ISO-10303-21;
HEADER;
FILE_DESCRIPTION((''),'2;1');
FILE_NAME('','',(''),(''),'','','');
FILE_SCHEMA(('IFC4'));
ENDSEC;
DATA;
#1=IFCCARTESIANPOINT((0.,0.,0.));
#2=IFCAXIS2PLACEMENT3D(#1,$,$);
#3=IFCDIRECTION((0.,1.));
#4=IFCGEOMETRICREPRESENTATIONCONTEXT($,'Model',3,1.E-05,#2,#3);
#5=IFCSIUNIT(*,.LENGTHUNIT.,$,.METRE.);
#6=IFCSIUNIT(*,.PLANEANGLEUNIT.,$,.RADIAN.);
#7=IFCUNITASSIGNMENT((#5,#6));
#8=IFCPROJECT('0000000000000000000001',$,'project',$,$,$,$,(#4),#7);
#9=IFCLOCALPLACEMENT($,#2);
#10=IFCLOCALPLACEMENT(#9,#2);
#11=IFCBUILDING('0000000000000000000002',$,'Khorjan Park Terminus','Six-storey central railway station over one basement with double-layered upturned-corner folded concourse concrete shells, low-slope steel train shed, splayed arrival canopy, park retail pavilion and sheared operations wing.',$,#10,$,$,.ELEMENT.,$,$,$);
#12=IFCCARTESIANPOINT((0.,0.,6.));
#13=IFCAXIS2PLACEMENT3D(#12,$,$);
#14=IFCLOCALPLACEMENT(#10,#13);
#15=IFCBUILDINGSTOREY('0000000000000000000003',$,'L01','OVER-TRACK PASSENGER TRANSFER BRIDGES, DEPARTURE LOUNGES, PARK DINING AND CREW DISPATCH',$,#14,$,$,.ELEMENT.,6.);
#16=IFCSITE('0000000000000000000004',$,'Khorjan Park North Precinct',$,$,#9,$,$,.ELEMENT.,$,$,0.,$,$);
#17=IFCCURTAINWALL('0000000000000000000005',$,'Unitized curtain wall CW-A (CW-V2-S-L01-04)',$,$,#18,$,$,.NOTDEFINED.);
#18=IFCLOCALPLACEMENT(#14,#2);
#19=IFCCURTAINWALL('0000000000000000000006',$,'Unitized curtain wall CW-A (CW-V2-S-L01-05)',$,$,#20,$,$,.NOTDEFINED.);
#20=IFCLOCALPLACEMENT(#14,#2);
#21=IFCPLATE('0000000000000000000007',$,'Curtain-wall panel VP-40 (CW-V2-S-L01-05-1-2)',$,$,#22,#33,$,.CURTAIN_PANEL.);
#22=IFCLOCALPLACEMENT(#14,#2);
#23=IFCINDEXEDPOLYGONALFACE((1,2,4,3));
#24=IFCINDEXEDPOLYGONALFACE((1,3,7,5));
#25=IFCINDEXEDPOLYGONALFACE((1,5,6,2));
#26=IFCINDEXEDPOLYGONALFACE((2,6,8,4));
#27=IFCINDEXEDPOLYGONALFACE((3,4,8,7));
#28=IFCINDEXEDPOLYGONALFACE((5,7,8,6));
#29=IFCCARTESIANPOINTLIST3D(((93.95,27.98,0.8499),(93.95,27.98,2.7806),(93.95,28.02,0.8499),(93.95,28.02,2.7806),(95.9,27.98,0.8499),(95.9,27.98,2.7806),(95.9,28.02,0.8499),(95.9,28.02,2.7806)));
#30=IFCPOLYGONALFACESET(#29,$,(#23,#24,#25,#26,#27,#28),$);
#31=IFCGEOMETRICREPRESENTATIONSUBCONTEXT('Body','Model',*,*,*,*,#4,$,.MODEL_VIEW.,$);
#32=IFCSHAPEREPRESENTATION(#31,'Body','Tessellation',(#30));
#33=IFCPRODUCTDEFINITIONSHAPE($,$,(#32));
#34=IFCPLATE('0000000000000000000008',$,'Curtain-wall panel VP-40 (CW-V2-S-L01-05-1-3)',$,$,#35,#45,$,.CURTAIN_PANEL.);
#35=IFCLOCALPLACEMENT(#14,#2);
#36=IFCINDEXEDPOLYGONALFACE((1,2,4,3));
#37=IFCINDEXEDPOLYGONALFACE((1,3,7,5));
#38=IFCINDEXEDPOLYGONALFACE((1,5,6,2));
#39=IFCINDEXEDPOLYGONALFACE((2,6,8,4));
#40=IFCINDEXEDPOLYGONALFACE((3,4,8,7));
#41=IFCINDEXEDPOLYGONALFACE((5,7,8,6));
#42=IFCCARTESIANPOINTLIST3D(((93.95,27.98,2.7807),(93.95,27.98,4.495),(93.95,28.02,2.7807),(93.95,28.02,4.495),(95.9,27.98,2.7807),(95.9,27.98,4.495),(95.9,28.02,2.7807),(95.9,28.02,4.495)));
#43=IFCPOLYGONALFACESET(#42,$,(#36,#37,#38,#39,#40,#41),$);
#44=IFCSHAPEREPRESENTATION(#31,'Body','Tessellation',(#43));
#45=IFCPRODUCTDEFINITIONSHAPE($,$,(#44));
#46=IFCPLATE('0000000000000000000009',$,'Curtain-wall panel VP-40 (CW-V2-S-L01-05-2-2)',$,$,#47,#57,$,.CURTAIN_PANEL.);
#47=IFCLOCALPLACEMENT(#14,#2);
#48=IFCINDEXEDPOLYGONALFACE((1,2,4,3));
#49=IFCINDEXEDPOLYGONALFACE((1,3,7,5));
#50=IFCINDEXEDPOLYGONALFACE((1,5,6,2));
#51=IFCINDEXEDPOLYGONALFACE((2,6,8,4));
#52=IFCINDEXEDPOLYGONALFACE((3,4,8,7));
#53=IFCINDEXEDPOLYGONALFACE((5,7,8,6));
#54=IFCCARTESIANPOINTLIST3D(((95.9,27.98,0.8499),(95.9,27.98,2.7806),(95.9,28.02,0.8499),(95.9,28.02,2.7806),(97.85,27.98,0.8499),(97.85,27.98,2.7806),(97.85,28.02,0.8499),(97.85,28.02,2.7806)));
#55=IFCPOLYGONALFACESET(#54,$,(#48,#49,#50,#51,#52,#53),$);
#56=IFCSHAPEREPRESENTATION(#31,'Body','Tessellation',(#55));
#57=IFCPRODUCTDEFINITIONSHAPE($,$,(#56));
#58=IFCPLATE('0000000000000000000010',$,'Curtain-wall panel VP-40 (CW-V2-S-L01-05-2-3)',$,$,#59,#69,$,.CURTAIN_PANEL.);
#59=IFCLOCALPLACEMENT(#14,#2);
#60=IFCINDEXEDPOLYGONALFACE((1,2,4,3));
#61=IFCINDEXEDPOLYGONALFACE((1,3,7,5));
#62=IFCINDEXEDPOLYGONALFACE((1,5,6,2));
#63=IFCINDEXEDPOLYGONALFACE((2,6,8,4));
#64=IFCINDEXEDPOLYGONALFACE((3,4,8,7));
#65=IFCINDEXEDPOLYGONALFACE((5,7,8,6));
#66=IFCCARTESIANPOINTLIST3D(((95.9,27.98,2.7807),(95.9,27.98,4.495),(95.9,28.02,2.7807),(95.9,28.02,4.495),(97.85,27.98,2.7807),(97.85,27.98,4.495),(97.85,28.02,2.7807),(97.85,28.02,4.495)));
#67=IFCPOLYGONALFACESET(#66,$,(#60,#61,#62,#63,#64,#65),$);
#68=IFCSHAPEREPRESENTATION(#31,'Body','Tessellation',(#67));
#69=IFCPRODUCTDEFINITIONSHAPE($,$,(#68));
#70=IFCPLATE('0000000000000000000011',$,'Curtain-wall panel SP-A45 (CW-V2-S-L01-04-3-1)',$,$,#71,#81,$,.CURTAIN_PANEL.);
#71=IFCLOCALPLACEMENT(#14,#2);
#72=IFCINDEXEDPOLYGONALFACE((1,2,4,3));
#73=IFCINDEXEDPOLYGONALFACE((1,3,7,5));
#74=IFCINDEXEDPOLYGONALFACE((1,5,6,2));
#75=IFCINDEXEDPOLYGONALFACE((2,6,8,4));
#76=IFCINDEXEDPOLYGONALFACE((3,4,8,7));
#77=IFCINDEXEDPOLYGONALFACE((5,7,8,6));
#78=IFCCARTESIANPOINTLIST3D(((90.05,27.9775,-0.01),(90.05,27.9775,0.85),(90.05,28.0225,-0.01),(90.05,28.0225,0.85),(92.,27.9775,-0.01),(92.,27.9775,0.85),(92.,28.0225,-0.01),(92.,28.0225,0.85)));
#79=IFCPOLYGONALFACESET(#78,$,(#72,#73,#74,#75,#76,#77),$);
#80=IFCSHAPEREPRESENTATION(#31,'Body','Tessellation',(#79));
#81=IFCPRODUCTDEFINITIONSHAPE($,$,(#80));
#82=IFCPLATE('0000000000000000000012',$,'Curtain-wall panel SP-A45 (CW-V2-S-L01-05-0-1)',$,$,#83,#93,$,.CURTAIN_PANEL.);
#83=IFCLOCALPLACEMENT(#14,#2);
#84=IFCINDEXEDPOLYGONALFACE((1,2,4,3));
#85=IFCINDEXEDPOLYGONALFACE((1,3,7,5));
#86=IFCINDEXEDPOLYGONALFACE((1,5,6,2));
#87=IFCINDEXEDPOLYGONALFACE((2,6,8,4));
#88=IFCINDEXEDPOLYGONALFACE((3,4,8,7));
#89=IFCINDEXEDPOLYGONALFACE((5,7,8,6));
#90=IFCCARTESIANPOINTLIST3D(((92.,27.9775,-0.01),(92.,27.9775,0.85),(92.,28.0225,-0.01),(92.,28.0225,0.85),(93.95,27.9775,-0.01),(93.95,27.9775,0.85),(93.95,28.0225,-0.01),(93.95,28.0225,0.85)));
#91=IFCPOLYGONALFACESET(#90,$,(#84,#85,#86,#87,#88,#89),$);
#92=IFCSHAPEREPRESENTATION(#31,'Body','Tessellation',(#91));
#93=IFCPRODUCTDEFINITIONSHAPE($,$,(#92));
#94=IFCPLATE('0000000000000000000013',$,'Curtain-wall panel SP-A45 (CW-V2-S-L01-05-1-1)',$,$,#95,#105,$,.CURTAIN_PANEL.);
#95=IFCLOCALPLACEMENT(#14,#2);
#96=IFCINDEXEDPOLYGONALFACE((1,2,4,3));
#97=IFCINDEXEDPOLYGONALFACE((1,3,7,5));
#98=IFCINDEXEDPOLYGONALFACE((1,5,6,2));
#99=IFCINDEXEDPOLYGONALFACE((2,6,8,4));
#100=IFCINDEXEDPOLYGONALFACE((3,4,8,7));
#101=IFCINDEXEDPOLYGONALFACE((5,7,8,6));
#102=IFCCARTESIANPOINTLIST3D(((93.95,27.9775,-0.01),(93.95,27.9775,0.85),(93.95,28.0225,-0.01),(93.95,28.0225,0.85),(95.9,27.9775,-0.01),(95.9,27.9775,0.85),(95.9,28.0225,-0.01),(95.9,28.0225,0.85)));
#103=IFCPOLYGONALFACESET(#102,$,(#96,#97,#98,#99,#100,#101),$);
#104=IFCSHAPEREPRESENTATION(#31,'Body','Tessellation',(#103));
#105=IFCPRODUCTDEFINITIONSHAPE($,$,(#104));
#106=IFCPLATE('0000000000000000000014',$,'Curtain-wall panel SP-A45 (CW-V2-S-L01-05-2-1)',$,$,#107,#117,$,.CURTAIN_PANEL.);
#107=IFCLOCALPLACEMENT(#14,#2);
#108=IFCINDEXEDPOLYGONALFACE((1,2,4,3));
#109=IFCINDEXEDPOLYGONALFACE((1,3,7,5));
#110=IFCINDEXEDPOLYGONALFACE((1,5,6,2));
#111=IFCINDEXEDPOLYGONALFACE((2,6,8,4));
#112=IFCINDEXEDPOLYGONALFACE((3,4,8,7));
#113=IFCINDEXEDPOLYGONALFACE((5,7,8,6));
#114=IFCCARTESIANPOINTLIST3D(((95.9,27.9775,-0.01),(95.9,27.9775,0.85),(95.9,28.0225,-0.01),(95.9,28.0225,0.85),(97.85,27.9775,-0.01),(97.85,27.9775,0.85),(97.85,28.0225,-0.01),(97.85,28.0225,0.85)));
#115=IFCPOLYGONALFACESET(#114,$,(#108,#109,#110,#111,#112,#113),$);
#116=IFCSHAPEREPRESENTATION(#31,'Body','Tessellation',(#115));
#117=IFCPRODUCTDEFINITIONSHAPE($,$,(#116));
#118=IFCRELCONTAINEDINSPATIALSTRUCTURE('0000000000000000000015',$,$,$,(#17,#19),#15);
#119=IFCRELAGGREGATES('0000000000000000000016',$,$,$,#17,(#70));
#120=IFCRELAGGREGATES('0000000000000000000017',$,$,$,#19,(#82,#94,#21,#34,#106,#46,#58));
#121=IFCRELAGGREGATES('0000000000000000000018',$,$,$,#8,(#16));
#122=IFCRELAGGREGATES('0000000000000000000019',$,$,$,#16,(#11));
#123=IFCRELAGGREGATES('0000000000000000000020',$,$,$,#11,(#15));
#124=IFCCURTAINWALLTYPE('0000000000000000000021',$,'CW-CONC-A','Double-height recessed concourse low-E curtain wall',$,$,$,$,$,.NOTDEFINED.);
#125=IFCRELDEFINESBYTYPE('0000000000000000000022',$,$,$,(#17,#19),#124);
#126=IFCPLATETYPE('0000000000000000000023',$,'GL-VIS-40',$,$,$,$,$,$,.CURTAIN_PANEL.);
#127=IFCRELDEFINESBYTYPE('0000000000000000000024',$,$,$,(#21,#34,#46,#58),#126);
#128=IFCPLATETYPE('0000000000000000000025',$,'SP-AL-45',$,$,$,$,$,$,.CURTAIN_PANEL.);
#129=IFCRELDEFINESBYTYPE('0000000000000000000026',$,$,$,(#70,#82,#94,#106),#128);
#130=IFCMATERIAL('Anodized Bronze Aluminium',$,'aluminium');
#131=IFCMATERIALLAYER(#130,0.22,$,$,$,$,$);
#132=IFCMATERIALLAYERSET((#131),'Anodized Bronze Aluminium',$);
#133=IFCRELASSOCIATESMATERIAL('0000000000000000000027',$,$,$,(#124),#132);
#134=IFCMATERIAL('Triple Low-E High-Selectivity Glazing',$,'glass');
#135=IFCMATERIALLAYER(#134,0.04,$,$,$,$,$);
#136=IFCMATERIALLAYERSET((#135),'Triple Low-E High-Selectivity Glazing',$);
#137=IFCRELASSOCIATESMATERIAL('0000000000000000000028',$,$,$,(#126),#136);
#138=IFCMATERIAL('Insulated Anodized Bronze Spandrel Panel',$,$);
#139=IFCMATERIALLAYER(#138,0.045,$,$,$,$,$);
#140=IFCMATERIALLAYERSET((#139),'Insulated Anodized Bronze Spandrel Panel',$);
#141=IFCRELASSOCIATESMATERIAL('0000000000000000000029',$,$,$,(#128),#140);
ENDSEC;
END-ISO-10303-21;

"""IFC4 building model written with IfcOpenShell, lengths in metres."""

from ifc_helpers import new_model, si_unit, direction, frame, origin, origin_2d, place, context, subcontext, project, spatial, rectangle, extrude, material, layer, layer_set, type_object, element, aggregate, save


model = new_model("IFC4")

# Units and contexts
model_context = context("Model", 3, precision=1e-05, world=origin(), true_north=direction((0.0, 1.0)))
body_context = subcontext(model_context, "Body", "Model", "MODEL_VIEW")
ifc_project = project(units=[si_unit("LENGTHUNIT", "METRE"), si_unit("PLANEANGLEUNIT", "RADIAN")], contexts=[model_context])

# Site, building, storey
site_placement = place(None, origin())
site = spatial("IfcSite", under=ifc_project, at=site_placement, Name="Khorjan Park North Precinct", CompositionType="ELEMENT", RefElevation=0.0)
building_placement = place(site_placement, origin())
building = spatial("IfcBuilding", under=site, at=building_placement, Name="Khorjan Park Terminus", Description="Six-storey central railway station over one basement with double-layered upturned-corner folded concourse concrete shells, low-slope steel train shed, splayed arrival canopy, park retail pavilion and sheared operations wing.", CompositionType="ELEMENT")
storey_placement = place(building_placement, frame((0.0, 0.0, 6.0)))
storey = spatial("IfcBuildingStorey", under=building, at=storey_placement, Name="L01", Description="OVER-TRACK PASSENGER TRANSFER BRIDGES, DEPARTURE LOUNGES, PARK DINING AND CREW DISPATCH", CompositionType="ELEMENT", Elevation=6.0)

# Curtain wall
ifc_material_1 = material(Name="Anodized Bronze Aluminium", Category="aluminium")
ifc_layer_1 = layer(ifc_material_1, 0.22)
ifc_layer_set_1 = layer_set([ifc_layer_1], Name="Anodized Bronze Aluminium")
curtain_wall_type = type_object("IfcCurtainWallType", Name="CW-CONC-A", Description="Double-height recessed concourse low-E curtain wall", PredefinedType="NOTDEFINED", material=ifc_layer_set_1)
curtain_wall_1_placement = place(storey_placement, origin())
curtain_wall_1 = element("IfcCurtainWall", 1, at=curtain_wall_1_placement, inside=storey, type_object=curtain_wall_type, Name="Unitized curtain wall CW-A (CW-V2-S-L01-04)", PredefinedType="NOTDEFINED")

# Curtain wall
curtain_wall_2_placement = place(storey_placement, origin())
curtain_wall_2 = element("IfcCurtainWall", 2, at=curtain_wall_2_placement, inside=storey, type_object=curtain_wall_type, Name="Unitized curtain wall CW-A (CW-V2-S-L01-05)", PredefinedType="NOTDEFINED")

# Plates
ifc_material_2 = material(Name="Triple Low-E High-Selectivity Glazing", Category="glass")
ifc_layer_2 = layer(ifc_material_2, 0.04)
ifc_layer_set_2 = layer_set([ifc_layer_2], Name="Triple Low-E High-Selectivity Glazing")
plate_type_1 = type_object("IfcPlateType", Name="GL-VIS-40", PredefinedType="CURTAIN_PANEL", material=ifc_layer_set_2)
plate_1_placement = place(storey_placement, frame((94.925, 28.0, 0.8499), z_axis=(0.0, 0.0, 1.0), x_axis=(1.0, 0.0, 0.0)))
plate_1 = element("IfcPlate", 3, at=plate_1_placement, type_object=plate_type_1, Name="Curtain-wall panel VP-40 (CW-V2-S-L01-05-1-2)", PredefinedType="CURTAIN_PANEL", context=body_context, shape_type="SweptSolid", body=[
    extrude(rectangle(XDim=1.95, YDim=0.04, at=origin_2d()), origin(), (0.0, 0.0, 1.0), 1.9307),
])
plate_2_placement = place(storey_placement, frame((94.925, 28.0, 2.7807), z_axis=(0.0, 0.0, 1.0), x_axis=(1.0, 0.0, 0.0)))
plate_2 = element("IfcPlate", 4, at=plate_2_placement, type_object=plate_type_1, Name="Curtain-wall panel VP-40 (CW-V2-S-L01-05-1-3)", PredefinedType="CURTAIN_PANEL", context=body_context, shape_type="SweptSolid", body=[
    extrude(rectangle(XDim=1.95, YDim=0.04, at=origin_2d()), origin(), (0.0, 0.0, 1.0), 1.7143),
])
plate_3_placement = place(storey_placement, frame((96.875, 28.0, 0.8499), z_axis=(0.0, 0.0, 1.0), x_axis=(1.0, 0.0, 0.0)))
plate_3 = element("IfcPlate", 5, at=plate_3_placement, type_object=plate_type_1, Name="Curtain-wall panel VP-40 (CW-V2-S-L01-05-2-2)", PredefinedType="CURTAIN_PANEL", context=body_context, shape_type="SweptSolid", body=[
    extrude(rectangle(XDim=1.95, YDim=0.04, at=origin_2d()), origin(), (0.0, 0.0, 1.0), 1.9307),
])
plate_4_placement = place(storey_placement, frame((96.875, 28.0, 2.7807), z_axis=(0.0, 0.0, 1.0), x_axis=(1.0, 0.0, 0.0)))
plate_4 = element("IfcPlate", 6, at=plate_4_placement, type_object=plate_type_1, Name="Curtain-wall panel VP-40 (CW-V2-S-L01-05-2-3)", PredefinedType="CURTAIN_PANEL", context=body_context, shape_type="SweptSolid", body=[
    extrude(rectangle(XDim=1.95, YDim=0.04, at=origin_2d()), origin(), (0.0, 0.0, 1.0), 1.7143),
])
ifc_material_3 = material(Name="Insulated Anodized Bronze Spandrel Panel")
ifc_layer_3 = layer(ifc_material_3, 0.045)
ifc_layer_set_3 = layer_set([ifc_layer_3], Name="Insulated Anodized Bronze Spandrel Panel")
plate_type_2 = type_object("IfcPlateType", Name="SP-AL-45", PredefinedType="CURTAIN_PANEL", material=ifc_layer_set_3)
plate_5_placement = place(storey_placement, frame((91.025, 28.0, -0.01), z_axis=(0.0, 0.0, 1.0), x_axis=(1.0, 0.0, 0.0)))
plate_5 = element("IfcPlate", 7, at=plate_5_placement, type_object=plate_type_2, Name="Curtain-wall panel SP-A45 (CW-V2-S-L01-04-3-1)", PredefinedType="CURTAIN_PANEL", context=body_context, shape_type="SweptSolid", body=[
    extrude(rectangle(XDim=1.95, YDim=0.045, at=origin_2d()), origin(), (0.0, 0.0, 1.0), 0.86),
])
aggregate(curtain_wall_1, [plate_5])
plate_6_placement = place(storey_placement, frame((92.975, 28.0, -0.01), z_axis=(0.0, 0.0, 1.0), x_axis=(1.0, 0.0, 0.0)))
plate_6 = element("IfcPlate", 8, at=plate_6_placement, type_object=plate_type_2, Name="Curtain-wall panel SP-A45 (CW-V2-S-L01-05-0-1)", PredefinedType="CURTAIN_PANEL", context=body_context, shape_type="SweptSolid", body=[
    extrude(rectangle(XDim=1.95, YDim=0.045, at=origin_2d()), origin(), (0.0, 0.0, 1.0), 0.86),
])
plate_7_placement = place(storey_placement, frame((94.925, 28.0, -0.01), z_axis=(0.0, 0.0, 1.0), x_axis=(1.0, 0.0, 0.0)))
plate_7 = element("IfcPlate", 9, at=plate_7_placement, type_object=plate_type_2, Name="Curtain-wall panel SP-A45 (CW-V2-S-L01-05-1-1)", PredefinedType="CURTAIN_PANEL", context=body_context, shape_type="SweptSolid", body=[
    extrude(rectangle(XDim=1.95, YDim=0.045, at=origin_2d()), origin(), (0.0, 0.0, 1.0), 0.86),
])
plate_8_placement = place(storey_placement, frame((96.875, 28.0, -0.01), z_axis=(0.0, 0.0, 1.0), x_axis=(1.0, 0.0, 0.0)))
plate_8 = element("IfcPlate", 10, at=plate_8_placement, type_object=plate_type_2, Name="Curtain-wall panel SP-A45 (CW-V2-S-L01-05-2-1)", PredefinedType="CURTAIN_PANEL", context=body_context, shape_type="SweptSolid", body=[
    extrude(rectangle(XDim=1.95, YDim=0.045, at=origin_2d()), origin(), (0.0, 0.0, 1.0), 0.86),
])
aggregate(curtain_wall_2, [plate_6, plate_7, plate_1, plate_2, plate_8, plate_3, plate_4])

save(model, "model.ifc")
